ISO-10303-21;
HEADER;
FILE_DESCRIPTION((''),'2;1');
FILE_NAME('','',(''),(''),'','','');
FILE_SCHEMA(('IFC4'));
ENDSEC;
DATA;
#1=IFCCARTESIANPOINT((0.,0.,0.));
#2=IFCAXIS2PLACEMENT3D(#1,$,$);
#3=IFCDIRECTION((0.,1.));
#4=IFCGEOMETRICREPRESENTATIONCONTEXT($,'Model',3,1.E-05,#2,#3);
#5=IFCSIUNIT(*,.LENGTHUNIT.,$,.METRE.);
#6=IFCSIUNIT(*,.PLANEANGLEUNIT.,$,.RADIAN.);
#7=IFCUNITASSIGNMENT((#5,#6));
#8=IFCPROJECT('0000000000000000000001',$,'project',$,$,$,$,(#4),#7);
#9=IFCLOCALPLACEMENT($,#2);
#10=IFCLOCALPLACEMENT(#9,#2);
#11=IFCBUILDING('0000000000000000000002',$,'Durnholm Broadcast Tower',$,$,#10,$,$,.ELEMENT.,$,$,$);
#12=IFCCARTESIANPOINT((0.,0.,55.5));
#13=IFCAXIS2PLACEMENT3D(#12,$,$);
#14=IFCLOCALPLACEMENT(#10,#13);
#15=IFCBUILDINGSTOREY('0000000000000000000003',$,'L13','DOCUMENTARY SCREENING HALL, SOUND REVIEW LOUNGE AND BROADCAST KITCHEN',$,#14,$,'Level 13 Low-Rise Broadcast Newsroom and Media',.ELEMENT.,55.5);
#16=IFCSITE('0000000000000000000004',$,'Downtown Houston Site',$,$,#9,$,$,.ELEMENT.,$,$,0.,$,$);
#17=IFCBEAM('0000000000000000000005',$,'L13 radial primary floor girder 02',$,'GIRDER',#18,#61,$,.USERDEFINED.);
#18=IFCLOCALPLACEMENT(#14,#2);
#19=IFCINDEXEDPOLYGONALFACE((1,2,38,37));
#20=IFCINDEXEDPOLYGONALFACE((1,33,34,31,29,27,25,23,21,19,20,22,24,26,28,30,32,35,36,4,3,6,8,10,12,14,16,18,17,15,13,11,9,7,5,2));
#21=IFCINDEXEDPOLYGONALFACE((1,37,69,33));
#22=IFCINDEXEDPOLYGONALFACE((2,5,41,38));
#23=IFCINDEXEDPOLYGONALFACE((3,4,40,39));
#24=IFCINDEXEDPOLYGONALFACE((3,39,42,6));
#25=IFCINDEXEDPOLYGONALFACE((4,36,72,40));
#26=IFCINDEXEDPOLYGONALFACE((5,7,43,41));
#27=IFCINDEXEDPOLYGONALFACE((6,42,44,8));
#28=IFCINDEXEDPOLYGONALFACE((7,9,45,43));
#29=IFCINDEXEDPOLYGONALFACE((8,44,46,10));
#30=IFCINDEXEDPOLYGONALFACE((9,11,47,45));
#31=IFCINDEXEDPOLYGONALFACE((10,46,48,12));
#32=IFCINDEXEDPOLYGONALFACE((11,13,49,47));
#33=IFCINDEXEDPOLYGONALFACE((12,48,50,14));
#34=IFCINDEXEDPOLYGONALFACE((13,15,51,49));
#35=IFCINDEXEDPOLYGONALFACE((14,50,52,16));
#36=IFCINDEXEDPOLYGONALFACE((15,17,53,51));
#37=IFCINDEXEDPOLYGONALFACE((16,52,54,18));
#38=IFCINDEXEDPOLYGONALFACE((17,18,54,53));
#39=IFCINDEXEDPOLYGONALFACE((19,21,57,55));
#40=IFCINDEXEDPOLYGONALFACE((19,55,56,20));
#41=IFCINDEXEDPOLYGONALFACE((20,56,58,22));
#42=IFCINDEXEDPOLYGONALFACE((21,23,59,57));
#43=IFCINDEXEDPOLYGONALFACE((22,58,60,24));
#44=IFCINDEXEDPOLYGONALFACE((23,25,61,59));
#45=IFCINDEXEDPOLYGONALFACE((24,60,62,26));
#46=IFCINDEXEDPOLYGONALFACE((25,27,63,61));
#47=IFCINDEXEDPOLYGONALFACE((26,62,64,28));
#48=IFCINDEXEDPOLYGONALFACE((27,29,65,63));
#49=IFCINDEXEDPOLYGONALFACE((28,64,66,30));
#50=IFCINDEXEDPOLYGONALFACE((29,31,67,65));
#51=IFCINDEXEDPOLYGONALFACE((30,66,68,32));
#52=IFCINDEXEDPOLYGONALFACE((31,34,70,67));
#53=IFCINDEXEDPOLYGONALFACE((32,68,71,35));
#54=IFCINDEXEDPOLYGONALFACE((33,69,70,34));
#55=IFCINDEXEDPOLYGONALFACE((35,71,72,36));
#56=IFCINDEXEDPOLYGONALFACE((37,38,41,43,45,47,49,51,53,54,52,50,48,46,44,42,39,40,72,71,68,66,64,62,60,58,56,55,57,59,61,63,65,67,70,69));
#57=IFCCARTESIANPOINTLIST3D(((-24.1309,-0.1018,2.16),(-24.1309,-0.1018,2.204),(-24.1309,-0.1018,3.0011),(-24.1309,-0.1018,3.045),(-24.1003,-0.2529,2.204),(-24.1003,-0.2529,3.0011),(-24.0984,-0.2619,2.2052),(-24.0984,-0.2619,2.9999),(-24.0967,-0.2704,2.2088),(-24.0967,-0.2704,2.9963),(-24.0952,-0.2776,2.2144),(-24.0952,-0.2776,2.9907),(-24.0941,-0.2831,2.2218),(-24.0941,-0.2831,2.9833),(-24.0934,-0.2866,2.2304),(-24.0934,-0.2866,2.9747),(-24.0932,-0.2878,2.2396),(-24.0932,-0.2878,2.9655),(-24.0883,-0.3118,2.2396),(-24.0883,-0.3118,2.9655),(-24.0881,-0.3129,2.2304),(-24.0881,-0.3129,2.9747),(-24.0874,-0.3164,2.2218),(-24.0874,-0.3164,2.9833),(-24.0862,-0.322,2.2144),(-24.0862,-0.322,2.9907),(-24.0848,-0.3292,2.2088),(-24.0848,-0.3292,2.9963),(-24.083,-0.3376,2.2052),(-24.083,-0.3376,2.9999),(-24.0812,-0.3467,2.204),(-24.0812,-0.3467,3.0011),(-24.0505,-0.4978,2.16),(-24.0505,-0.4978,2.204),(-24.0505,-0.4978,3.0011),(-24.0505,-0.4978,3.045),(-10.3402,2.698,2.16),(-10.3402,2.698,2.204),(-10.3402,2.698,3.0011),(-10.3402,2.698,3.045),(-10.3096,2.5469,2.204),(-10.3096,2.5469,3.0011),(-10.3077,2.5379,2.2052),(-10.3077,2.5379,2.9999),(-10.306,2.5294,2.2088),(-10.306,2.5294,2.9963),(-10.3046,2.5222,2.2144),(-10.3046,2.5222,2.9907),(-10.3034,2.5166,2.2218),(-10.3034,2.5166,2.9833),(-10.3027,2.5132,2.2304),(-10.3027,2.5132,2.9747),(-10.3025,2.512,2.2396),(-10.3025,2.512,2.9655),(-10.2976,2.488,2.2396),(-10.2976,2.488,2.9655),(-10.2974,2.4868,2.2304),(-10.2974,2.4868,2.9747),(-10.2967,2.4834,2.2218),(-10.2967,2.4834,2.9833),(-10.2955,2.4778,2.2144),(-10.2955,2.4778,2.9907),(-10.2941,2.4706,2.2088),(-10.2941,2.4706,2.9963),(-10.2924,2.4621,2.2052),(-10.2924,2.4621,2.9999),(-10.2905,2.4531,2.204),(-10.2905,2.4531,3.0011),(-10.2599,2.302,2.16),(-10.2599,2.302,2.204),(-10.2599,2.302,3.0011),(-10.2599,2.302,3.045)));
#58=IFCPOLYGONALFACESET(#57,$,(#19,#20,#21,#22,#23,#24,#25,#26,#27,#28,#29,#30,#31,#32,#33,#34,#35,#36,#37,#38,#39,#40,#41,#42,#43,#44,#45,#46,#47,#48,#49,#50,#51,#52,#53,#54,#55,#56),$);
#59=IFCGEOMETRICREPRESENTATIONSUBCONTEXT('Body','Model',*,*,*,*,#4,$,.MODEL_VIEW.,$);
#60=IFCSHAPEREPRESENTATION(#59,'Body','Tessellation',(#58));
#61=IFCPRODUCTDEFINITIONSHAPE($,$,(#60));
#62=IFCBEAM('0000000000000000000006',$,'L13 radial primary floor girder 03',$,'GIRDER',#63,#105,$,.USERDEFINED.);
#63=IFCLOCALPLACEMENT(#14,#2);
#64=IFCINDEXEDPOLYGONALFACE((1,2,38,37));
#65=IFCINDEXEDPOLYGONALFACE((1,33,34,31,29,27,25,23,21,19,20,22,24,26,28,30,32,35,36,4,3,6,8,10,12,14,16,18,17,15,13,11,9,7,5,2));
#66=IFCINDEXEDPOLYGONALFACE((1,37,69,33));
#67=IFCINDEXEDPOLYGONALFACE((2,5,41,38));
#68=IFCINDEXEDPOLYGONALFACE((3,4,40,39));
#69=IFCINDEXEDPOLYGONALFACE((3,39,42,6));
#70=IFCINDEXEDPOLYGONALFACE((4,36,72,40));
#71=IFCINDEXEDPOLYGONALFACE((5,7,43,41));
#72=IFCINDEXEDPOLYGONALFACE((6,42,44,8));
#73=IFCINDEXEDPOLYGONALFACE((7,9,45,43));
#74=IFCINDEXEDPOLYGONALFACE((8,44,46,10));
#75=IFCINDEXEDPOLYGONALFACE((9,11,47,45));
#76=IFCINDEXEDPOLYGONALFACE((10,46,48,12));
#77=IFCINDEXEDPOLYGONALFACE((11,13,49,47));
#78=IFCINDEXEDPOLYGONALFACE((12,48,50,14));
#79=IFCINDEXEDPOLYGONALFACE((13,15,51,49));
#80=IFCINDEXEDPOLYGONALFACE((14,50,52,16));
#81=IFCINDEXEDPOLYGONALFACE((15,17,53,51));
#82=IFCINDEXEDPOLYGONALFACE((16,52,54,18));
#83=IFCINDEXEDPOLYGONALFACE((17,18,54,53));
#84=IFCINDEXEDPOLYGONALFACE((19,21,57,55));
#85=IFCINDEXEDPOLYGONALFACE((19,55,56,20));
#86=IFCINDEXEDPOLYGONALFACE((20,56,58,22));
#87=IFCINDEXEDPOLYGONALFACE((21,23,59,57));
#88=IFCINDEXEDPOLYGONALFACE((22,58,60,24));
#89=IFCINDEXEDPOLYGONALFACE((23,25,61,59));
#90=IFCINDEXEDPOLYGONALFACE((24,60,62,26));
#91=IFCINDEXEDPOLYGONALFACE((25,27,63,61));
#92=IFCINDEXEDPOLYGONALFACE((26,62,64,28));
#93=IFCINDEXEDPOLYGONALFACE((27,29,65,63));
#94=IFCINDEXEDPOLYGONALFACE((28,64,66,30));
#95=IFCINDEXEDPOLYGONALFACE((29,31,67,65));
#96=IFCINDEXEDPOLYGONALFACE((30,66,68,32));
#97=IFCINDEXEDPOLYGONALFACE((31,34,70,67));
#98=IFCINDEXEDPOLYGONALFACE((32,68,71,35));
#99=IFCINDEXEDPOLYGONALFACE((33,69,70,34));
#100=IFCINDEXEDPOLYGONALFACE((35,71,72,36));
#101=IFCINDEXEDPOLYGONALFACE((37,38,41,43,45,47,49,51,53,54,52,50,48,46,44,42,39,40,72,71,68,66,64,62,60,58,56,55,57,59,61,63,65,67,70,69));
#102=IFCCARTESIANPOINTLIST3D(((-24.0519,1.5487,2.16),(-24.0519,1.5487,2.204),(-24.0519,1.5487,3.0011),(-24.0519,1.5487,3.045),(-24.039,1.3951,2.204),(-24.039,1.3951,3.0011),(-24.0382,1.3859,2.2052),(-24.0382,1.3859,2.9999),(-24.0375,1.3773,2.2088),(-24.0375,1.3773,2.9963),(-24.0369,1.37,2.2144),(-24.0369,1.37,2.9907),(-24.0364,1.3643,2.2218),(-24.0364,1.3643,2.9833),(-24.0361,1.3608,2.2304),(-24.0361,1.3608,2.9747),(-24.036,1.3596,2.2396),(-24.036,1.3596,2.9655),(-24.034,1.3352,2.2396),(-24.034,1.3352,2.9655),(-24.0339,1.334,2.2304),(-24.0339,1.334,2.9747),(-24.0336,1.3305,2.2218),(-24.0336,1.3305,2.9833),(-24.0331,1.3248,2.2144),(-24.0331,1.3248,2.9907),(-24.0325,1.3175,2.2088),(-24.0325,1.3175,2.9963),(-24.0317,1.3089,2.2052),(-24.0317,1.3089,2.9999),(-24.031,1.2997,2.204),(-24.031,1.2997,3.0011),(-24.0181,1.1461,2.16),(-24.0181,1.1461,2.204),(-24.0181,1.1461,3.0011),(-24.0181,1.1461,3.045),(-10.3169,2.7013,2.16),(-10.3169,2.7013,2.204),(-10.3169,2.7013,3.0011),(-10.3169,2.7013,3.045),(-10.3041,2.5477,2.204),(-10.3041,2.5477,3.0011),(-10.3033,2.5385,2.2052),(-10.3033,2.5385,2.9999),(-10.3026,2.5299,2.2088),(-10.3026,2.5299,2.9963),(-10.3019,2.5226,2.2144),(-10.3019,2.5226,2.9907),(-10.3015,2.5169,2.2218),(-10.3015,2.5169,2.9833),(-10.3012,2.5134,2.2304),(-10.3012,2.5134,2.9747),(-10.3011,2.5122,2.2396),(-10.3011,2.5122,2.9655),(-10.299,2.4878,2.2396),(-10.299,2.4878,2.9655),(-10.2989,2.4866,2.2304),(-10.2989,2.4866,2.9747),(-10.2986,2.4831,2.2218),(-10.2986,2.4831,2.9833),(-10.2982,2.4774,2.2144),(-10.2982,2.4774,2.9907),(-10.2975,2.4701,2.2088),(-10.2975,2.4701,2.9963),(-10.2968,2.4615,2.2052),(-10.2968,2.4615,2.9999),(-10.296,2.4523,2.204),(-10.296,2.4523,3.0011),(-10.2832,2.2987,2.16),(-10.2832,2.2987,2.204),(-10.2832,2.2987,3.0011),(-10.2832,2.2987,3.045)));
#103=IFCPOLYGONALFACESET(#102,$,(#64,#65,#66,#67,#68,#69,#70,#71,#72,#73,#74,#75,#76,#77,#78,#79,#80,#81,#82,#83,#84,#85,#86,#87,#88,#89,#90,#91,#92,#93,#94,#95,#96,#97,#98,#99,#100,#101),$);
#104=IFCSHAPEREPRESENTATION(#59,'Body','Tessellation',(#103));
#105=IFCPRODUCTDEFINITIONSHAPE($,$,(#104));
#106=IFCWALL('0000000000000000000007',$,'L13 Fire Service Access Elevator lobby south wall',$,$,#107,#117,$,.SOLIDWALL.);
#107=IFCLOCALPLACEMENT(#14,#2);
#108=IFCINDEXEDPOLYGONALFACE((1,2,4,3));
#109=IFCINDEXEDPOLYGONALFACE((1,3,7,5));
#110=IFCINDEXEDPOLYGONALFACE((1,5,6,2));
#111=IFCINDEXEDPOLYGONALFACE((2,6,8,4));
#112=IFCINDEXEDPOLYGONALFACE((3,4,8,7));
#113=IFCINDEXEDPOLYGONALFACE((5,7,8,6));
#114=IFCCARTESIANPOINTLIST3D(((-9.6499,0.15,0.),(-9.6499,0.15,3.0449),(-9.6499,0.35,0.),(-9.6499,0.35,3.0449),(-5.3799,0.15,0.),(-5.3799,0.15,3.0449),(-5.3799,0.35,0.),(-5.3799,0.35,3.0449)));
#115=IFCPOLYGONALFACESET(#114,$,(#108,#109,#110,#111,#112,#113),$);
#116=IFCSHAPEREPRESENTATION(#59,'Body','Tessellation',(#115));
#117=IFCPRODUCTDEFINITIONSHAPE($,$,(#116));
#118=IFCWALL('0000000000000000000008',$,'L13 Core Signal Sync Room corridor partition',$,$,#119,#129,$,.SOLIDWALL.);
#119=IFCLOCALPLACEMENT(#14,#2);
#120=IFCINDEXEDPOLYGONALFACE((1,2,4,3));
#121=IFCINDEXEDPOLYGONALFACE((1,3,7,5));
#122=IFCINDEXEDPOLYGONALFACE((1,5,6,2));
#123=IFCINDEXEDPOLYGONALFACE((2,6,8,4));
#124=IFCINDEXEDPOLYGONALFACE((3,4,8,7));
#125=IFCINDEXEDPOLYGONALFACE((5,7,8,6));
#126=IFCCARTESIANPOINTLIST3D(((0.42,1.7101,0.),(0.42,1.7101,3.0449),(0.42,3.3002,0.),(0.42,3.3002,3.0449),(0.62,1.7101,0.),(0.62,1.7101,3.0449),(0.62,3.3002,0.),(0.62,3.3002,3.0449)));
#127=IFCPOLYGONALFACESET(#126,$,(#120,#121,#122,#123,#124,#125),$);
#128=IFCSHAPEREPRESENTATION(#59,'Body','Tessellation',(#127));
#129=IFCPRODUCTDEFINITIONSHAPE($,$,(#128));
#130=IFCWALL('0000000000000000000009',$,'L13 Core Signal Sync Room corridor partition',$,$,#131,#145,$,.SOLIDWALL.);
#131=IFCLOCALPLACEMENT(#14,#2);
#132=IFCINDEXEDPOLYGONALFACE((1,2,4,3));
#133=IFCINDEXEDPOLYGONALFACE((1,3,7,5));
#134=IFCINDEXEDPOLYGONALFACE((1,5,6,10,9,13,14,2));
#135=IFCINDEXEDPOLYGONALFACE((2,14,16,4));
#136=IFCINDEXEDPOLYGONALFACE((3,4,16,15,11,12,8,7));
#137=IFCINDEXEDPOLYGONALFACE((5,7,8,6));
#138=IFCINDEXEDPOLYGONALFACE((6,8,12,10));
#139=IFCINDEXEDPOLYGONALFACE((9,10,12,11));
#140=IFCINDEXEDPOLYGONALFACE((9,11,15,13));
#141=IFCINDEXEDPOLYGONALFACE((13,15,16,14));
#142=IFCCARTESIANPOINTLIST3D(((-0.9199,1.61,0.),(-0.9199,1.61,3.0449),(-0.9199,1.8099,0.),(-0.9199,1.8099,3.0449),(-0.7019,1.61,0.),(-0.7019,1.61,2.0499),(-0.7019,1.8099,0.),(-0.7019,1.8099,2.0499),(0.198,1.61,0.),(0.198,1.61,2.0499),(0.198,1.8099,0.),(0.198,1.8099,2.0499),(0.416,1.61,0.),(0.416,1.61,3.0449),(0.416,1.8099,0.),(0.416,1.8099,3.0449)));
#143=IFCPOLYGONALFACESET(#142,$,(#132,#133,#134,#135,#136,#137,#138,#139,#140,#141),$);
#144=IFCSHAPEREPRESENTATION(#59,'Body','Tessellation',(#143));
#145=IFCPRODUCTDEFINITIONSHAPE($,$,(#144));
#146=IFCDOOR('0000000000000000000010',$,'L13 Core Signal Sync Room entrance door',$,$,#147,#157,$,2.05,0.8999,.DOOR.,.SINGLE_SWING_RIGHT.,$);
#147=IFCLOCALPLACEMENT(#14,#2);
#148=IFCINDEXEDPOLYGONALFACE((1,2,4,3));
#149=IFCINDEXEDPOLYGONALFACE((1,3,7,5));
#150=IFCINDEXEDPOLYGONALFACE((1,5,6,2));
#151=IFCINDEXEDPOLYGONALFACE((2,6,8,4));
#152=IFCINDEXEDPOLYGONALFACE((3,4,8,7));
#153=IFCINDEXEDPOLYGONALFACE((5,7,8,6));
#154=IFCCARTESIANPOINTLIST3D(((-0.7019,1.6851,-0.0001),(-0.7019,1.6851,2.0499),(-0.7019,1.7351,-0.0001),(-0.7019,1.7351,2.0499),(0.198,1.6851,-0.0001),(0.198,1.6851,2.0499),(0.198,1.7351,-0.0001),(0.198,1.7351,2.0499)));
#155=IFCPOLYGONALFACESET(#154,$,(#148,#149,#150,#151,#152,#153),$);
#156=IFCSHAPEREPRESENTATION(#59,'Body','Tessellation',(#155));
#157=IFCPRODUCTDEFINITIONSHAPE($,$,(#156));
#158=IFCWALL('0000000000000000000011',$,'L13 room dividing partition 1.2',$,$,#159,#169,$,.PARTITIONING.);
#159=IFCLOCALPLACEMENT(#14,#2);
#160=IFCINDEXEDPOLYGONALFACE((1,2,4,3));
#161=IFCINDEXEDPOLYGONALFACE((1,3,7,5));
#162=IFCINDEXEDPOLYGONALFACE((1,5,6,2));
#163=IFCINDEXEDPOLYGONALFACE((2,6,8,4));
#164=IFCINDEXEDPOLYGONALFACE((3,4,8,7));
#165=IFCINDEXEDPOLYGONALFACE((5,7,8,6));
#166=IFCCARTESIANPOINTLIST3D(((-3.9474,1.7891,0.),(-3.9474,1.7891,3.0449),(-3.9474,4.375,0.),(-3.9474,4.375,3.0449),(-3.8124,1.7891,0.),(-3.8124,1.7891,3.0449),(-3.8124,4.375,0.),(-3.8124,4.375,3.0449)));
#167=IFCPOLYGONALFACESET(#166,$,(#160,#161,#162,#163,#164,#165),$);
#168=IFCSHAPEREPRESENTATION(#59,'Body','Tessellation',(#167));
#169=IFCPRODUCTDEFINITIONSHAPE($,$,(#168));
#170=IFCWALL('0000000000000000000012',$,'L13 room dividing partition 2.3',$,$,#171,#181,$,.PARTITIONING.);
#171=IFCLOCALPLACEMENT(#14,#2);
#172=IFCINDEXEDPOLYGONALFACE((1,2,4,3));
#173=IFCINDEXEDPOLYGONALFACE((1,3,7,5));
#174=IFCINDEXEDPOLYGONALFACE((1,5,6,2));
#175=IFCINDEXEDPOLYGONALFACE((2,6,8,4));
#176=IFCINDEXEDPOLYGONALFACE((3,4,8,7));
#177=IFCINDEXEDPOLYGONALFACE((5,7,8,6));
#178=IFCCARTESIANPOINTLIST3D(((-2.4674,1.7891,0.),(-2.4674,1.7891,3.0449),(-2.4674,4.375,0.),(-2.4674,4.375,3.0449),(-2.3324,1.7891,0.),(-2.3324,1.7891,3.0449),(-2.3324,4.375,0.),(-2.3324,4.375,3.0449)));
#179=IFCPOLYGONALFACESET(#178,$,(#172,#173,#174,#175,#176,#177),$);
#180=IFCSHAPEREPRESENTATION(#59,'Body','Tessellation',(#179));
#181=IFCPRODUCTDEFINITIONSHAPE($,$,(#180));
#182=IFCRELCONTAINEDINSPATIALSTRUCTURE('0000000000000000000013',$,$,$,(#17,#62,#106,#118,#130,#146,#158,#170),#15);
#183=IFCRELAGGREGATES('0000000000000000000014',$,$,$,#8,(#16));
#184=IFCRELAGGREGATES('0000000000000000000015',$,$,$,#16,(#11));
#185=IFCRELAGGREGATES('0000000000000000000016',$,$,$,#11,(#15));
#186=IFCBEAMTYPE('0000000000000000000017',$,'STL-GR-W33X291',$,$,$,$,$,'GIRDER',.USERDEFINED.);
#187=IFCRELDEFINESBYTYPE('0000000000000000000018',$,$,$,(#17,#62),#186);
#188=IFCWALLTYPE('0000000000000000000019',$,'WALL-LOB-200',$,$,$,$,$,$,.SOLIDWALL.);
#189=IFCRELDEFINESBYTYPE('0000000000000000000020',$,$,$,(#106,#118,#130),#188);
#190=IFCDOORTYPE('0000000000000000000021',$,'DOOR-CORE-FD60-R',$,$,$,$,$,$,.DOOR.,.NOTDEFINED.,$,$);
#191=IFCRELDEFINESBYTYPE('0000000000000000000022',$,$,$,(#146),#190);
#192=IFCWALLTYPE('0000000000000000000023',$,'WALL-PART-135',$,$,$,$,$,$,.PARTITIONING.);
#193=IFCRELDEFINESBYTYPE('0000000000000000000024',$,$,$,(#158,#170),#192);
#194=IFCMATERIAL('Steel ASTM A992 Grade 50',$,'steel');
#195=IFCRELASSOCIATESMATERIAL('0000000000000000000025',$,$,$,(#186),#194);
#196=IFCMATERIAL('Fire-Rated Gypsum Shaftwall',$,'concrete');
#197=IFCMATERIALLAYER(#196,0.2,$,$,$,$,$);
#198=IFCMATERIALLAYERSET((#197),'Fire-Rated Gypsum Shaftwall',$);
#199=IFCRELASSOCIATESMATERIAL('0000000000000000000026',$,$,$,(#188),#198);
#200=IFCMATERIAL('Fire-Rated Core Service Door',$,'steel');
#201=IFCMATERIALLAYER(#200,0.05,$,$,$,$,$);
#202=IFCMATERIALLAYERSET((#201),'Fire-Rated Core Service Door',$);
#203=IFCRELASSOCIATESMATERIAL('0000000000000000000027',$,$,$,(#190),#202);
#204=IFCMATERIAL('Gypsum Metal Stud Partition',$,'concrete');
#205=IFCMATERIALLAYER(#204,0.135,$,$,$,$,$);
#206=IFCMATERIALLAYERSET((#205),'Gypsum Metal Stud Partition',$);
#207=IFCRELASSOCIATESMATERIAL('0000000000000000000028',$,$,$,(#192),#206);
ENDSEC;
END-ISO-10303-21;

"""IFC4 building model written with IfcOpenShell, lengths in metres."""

from ifc_helpers import new_model, si_unit, direction, frame, frame_2d, origin, origin_2d, place, context, subcontext, project, spatial, rectangle, i_section, extrude, source, transform, mapped, material, layer, layer_set, material_profile, profile_set, type_object, type_shapes, element, fill, save


model = new_model("IFC4")

# Units and contexts
model_context = context("Model", 3, precision=1e-05, world=origin(), true_north=direction((0.0, 1.0)))
body_context = subcontext(model_context, "Body", "Model", "MODEL_VIEW")
ifc_project = project(units=[si_unit("LENGTHUNIT", "METRE"), si_unit("PLANEANGLEUNIT", "RADIAN")], contexts=[model_context])

# Site, building, storey
site_placement = place(None, origin())
site = spatial("IfcSite", under=ifc_project, at=site_placement, Name="Downtown Houston Site", CompositionType="ELEMENT", RefElevation=0.0)
building_placement = place(site_placement, origin())
building = spatial("IfcBuilding", under=site, at=building_placement, Name="Durnholm Broadcast Tower", CompositionType="ELEMENT")
storey_placement = place(building_placement, frame((0.0, 0.0, 55.5)))
storey = spatial("IfcBuildingStorey", under=building, at=storey_placement, Name="L13", Description="DOCUMENTARY SCREENING HALL, SOUND REVIEW LOUNGE AND BROADCAST KITCHEN", LongName="Level 13 Low-Rise Broadcast Newsroom and Media", CompositionType="ELEMENT", Elevation=55.5)

# Beams
ifc_material_1 = material(Name="Steel ASTM A992 Grade 50", Category="steel")
ifc_material_profile = material_profile(ifc_material_1, i_section(OverallWidth=0.4041, OverallDepth=0.885, WebThickness=0.0244, FlangeThickness=0.0439, FilletRadius=0.0356, at=origin_2d()), Name="W33X291")
ifc_profile_set = profile_set([ifc_material_profile], Name="Steel ASTM A992 Grade 50")
beam_type = type_object("IfcBeamType", Name="STL-GR-W33X291", ElementType="GIRDER", PredefinedType="USERDEFINED", material=ifc_profile_set)
shared_shape_1 = source(origin(), body_context, "Body", "SweptSolid", [
    extrude(i_section(OverallWidth=0.4041, OverallDepth=0.885, WebThickness=0.0244, FlangeThickness=0.0439, FilletRadius=0.0356, at=origin_2d()), origin(), (0.0, 0.0, 1.0), 14.072),
])
beam_1_placement = place(storey_placement, frame((-10.3, 2.5, 2.6025), z_axis=(-0.980007, -0.198961, 0.0), x_axis=(0.198961, -0.980007, 0.0)))
element("IfcBeam", 1, at=beam_1_placement, inside=storey, type_object=beam_type, Name="L13 radial primary floor girder 02", ObjectType="GIRDER", PredefinedType="USERDEFINED", context=body_context, shape_type="MappedRepresentation", body=[
    mapped(shared_shape_1, transform((0.0, 0.0, 0.0), x_axis=(1.0, 0.0, 0.0), y_axis=(0.0, 1.0, 0.0), z_axis=(0.0, 0.0, 1.0), scale=1.0)),
])
shared_shape_2 = source(origin(), body_context, "Body", "SweptSolid", [
    extrude(i_section(OverallWidth=0.4041, OverallDepth=0.885, WebThickness=0.0244, FlangeThickness=0.0439, FilletRadius=0.0356, at=origin_2d()), origin(), (0.0, 0.0, 1.0), 13.7832),
])
type_shapes(beam_type, [shared_shape_1, shared_shape_2])
beam_2_placement = place(storey_placement, frame((-10.3, 2.5, 2.6025), z_axis=(-0.996497, -0.083623, 0.0), x_axis=(0.083623, -0.996497, 0.0)))
element("IfcBeam", 2, at=beam_2_placement, inside=storey, type_object=beam_type, Name="L13 radial primary floor girder 03", ObjectType="GIRDER", PredefinedType="USERDEFINED", context=body_context, shape_type="MappedRepresentation", body=[
    mapped(shared_shape_2, transform((0.0, 0.0, 0.0), x_axis=(1.0, 0.0, 0.0), y_axis=(0.0, 1.0, 0.0), z_axis=(0.0, 0.0, 1.0), scale=1.0)),
])

# Wall
ifc_material_2 = material(Name="Fire-Rated Gypsum Shaftwall", Category="concrete")
ifc_layer_1 = layer(ifc_material_2, 0.2)
ifc_layer_set_1 = layer_set([ifc_layer_1], Name="Fire-Rated Gypsum Shaftwall")
wall_type_1 = type_object("IfcWallType", Name="WALL-LOB-200", PredefinedType="SOLIDWALL", material=ifc_layer_set_1)
wall_1_placement = place(storey_placement, frame((-9.6499, 0.25, 0.0), z_axis=(0.0, 0.0, 1.0), x_axis=(1.0, 0.0, 0.0)))
element("IfcWall", 3, at=wall_1_placement, inside=storey, type_object=wall_type_1, Name="L13 Fire Service Access Elevator lobby south wall", PredefinedType="SOLIDWALL", context=body_context, shape_type="SweptSolid", body=[
    extrude(rectangle(XDim=4.27, YDim=0.2, at=frame_2d((2.135, 0.0))), origin(), (0.0, 0.0, 1.0), 3.0449),
])

# Wall
wall_2_placement = place(storey_placement, frame((0.52, 3.3, 0.0), z_axis=(0.0, 0.0, 1.0), x_axis=(0.0, -1.0, 0.0)))
element("IfcWall", 4, at=wall_2_placement, inside=storey, type_object=wall_type_1, Name="L13 Core Signal Sync Room corridor partition", PredefinedType="SOLIDWALL", context=body_context, shape_type="SweptSolid", body=[
    extrude(rectangle(XDim=1.5901, YDim=0.2, at=frame_2d((0.7949, 0.0))), origin(), (0.0, 0.0, 1.0), 3.0449),
])

# Wall, opening, door
wall_3_placement = place(storey_placement, frame((0.416, 1.71, 0.0), z_axis=(0.0, 0.0, 1.0), x_axis=(-1.0, 0.0, 0.0)))
wall_3 = element("IfcWall", 5, at=wall_3_placement, inside=storey, type_object=wall_type_1, Name="L13 Core Signal Sync Room corridor partition", PredefinedType="SOLIDWALL", context=body_context, shape_type="SweptSolid", body=[
    extrude(rectangle(XDim=1.3359, YDim=0.2, at=frame_2d((0.668, 0.0))), origin(), (0.0, 0.0, 1.0), 3.0449),
])
opening_1_placement = place(wall_3_placement, frame((0.218, 0.0, 0.0)))
opening_1 = element("IfcOpeningElement", 6, at=opening_1_placement, cuts=wall_3, PredefinedType="OPENING", context=body_context, shape_type="SweptSolid", body=[
    extrude(rectangle(XDim=0.8999, YDim=2.05, at=frame_2d((0.45, 1.0249))), frame((0.0, 0.1099, 0.0), z_axis=(0.0, -1.0, 0.0), x_axis=(1.0, 0.0, 0.0)), (0.0, 0.0, 1.0), 0.22),
])
ifc_material_3 = material(Name="Fire-Rated Core Service Door", Category="steel")
ifc_layer_2 = layer(ifc_material_3, 0.05)
ifc_layer_set_2 = layer_set([ifc_layer_2], Name="Fire-Rated Core Service Door")
door_type_1 = type_object("IfcDoorType", Name="DOOR-CORE-FD60-R", OperationType="NOTDEFINED", PredefinedType="DOOR", material=ifc_layer_set_2)
shared_shape_3 = source(origin(), body_context, "Body", "SweptSolid", [
    extrude(rectangle(XDim=0.8999, YDim=2.05, at=frame_2d((0.45, 1.0249))), frame((0.0, 0.0249, 0.0), z_axis=(0.0, -1.0, 0.0), x_axis=(1.0, 0.0, 0.0)), (0.0, 0.0, 1.0), 0.05),
])
type_shapes(door_type_1, [shared_shape_3])
door_1_placement = place(opening_1_placement, origin())
door_1 = element("IfcDoor", 7, at=door_1_placement, inside=storey, type_object=door_type_1, Name="L13 Core Signal Sync Room entrance door", OperationType="SINGLE_SWING_RIGHT", OverallHeight=2.05, OverallWidth=0.8999, PredefinedType="DOOR", context=body_context, shape_type="MappedRepresentation", body=[
    mapped(shared_shape_3, transform((0.0, 0.0, 0.0), x_axis=(1.0, 0.0, 0.0), y_axis=(0.0, 1.0, 0.0), z_axis=(0.0, 0.0, 1.0), scale=1.0)),
])
fill(opening_1, door_1)

# Walls
ifc_material_4 = material(Name="Gypsum Metal Stud Partition", Category="concrete")
ifc_layer_3 = layer(ifc_material_4, 0.135)
ifc_layer_set_3 = layer_set([ifc_layer_3], Name="Gypsum Metal Stud Partition")
wall_type_2 = type_object("IfcWallType", Name="WALL-PART-135", PredefinedType="PARTITIONING", material=ifc_layer_set_3)
for number, where, z_axis, x_axis, name in (
    (8, (-3.8799, 4.375, 0.0), (0.0, 0.0, 1.0), (0.0, -1.0, 0.0), "L13 room dividing partition 1.2"),
    (9, (-2.3999, 4.375, 0.0), (0.0, 0.0, 1.0), (0.0, -1.0, 0.0), "L13 room dividing partition 2.3"),
):
    element("IfcWall", number, at=place(storey_placement, frame(where, z_axis=z_axis, x_axis=x_axis)), inside=storey, type_object=wall_type_2, Name=name, PredefinedType="PARTITIONING", context=body_context, shape_type="SweptSolid", body=[
        extrude(rectangle(XDim=2.5859, YDim=0.135, at=frame_2d((1.293, 0.0))), origin(), (0.0, 0.0, 1.0), 3.0449),
    ])

save(model, "model.ifc")
